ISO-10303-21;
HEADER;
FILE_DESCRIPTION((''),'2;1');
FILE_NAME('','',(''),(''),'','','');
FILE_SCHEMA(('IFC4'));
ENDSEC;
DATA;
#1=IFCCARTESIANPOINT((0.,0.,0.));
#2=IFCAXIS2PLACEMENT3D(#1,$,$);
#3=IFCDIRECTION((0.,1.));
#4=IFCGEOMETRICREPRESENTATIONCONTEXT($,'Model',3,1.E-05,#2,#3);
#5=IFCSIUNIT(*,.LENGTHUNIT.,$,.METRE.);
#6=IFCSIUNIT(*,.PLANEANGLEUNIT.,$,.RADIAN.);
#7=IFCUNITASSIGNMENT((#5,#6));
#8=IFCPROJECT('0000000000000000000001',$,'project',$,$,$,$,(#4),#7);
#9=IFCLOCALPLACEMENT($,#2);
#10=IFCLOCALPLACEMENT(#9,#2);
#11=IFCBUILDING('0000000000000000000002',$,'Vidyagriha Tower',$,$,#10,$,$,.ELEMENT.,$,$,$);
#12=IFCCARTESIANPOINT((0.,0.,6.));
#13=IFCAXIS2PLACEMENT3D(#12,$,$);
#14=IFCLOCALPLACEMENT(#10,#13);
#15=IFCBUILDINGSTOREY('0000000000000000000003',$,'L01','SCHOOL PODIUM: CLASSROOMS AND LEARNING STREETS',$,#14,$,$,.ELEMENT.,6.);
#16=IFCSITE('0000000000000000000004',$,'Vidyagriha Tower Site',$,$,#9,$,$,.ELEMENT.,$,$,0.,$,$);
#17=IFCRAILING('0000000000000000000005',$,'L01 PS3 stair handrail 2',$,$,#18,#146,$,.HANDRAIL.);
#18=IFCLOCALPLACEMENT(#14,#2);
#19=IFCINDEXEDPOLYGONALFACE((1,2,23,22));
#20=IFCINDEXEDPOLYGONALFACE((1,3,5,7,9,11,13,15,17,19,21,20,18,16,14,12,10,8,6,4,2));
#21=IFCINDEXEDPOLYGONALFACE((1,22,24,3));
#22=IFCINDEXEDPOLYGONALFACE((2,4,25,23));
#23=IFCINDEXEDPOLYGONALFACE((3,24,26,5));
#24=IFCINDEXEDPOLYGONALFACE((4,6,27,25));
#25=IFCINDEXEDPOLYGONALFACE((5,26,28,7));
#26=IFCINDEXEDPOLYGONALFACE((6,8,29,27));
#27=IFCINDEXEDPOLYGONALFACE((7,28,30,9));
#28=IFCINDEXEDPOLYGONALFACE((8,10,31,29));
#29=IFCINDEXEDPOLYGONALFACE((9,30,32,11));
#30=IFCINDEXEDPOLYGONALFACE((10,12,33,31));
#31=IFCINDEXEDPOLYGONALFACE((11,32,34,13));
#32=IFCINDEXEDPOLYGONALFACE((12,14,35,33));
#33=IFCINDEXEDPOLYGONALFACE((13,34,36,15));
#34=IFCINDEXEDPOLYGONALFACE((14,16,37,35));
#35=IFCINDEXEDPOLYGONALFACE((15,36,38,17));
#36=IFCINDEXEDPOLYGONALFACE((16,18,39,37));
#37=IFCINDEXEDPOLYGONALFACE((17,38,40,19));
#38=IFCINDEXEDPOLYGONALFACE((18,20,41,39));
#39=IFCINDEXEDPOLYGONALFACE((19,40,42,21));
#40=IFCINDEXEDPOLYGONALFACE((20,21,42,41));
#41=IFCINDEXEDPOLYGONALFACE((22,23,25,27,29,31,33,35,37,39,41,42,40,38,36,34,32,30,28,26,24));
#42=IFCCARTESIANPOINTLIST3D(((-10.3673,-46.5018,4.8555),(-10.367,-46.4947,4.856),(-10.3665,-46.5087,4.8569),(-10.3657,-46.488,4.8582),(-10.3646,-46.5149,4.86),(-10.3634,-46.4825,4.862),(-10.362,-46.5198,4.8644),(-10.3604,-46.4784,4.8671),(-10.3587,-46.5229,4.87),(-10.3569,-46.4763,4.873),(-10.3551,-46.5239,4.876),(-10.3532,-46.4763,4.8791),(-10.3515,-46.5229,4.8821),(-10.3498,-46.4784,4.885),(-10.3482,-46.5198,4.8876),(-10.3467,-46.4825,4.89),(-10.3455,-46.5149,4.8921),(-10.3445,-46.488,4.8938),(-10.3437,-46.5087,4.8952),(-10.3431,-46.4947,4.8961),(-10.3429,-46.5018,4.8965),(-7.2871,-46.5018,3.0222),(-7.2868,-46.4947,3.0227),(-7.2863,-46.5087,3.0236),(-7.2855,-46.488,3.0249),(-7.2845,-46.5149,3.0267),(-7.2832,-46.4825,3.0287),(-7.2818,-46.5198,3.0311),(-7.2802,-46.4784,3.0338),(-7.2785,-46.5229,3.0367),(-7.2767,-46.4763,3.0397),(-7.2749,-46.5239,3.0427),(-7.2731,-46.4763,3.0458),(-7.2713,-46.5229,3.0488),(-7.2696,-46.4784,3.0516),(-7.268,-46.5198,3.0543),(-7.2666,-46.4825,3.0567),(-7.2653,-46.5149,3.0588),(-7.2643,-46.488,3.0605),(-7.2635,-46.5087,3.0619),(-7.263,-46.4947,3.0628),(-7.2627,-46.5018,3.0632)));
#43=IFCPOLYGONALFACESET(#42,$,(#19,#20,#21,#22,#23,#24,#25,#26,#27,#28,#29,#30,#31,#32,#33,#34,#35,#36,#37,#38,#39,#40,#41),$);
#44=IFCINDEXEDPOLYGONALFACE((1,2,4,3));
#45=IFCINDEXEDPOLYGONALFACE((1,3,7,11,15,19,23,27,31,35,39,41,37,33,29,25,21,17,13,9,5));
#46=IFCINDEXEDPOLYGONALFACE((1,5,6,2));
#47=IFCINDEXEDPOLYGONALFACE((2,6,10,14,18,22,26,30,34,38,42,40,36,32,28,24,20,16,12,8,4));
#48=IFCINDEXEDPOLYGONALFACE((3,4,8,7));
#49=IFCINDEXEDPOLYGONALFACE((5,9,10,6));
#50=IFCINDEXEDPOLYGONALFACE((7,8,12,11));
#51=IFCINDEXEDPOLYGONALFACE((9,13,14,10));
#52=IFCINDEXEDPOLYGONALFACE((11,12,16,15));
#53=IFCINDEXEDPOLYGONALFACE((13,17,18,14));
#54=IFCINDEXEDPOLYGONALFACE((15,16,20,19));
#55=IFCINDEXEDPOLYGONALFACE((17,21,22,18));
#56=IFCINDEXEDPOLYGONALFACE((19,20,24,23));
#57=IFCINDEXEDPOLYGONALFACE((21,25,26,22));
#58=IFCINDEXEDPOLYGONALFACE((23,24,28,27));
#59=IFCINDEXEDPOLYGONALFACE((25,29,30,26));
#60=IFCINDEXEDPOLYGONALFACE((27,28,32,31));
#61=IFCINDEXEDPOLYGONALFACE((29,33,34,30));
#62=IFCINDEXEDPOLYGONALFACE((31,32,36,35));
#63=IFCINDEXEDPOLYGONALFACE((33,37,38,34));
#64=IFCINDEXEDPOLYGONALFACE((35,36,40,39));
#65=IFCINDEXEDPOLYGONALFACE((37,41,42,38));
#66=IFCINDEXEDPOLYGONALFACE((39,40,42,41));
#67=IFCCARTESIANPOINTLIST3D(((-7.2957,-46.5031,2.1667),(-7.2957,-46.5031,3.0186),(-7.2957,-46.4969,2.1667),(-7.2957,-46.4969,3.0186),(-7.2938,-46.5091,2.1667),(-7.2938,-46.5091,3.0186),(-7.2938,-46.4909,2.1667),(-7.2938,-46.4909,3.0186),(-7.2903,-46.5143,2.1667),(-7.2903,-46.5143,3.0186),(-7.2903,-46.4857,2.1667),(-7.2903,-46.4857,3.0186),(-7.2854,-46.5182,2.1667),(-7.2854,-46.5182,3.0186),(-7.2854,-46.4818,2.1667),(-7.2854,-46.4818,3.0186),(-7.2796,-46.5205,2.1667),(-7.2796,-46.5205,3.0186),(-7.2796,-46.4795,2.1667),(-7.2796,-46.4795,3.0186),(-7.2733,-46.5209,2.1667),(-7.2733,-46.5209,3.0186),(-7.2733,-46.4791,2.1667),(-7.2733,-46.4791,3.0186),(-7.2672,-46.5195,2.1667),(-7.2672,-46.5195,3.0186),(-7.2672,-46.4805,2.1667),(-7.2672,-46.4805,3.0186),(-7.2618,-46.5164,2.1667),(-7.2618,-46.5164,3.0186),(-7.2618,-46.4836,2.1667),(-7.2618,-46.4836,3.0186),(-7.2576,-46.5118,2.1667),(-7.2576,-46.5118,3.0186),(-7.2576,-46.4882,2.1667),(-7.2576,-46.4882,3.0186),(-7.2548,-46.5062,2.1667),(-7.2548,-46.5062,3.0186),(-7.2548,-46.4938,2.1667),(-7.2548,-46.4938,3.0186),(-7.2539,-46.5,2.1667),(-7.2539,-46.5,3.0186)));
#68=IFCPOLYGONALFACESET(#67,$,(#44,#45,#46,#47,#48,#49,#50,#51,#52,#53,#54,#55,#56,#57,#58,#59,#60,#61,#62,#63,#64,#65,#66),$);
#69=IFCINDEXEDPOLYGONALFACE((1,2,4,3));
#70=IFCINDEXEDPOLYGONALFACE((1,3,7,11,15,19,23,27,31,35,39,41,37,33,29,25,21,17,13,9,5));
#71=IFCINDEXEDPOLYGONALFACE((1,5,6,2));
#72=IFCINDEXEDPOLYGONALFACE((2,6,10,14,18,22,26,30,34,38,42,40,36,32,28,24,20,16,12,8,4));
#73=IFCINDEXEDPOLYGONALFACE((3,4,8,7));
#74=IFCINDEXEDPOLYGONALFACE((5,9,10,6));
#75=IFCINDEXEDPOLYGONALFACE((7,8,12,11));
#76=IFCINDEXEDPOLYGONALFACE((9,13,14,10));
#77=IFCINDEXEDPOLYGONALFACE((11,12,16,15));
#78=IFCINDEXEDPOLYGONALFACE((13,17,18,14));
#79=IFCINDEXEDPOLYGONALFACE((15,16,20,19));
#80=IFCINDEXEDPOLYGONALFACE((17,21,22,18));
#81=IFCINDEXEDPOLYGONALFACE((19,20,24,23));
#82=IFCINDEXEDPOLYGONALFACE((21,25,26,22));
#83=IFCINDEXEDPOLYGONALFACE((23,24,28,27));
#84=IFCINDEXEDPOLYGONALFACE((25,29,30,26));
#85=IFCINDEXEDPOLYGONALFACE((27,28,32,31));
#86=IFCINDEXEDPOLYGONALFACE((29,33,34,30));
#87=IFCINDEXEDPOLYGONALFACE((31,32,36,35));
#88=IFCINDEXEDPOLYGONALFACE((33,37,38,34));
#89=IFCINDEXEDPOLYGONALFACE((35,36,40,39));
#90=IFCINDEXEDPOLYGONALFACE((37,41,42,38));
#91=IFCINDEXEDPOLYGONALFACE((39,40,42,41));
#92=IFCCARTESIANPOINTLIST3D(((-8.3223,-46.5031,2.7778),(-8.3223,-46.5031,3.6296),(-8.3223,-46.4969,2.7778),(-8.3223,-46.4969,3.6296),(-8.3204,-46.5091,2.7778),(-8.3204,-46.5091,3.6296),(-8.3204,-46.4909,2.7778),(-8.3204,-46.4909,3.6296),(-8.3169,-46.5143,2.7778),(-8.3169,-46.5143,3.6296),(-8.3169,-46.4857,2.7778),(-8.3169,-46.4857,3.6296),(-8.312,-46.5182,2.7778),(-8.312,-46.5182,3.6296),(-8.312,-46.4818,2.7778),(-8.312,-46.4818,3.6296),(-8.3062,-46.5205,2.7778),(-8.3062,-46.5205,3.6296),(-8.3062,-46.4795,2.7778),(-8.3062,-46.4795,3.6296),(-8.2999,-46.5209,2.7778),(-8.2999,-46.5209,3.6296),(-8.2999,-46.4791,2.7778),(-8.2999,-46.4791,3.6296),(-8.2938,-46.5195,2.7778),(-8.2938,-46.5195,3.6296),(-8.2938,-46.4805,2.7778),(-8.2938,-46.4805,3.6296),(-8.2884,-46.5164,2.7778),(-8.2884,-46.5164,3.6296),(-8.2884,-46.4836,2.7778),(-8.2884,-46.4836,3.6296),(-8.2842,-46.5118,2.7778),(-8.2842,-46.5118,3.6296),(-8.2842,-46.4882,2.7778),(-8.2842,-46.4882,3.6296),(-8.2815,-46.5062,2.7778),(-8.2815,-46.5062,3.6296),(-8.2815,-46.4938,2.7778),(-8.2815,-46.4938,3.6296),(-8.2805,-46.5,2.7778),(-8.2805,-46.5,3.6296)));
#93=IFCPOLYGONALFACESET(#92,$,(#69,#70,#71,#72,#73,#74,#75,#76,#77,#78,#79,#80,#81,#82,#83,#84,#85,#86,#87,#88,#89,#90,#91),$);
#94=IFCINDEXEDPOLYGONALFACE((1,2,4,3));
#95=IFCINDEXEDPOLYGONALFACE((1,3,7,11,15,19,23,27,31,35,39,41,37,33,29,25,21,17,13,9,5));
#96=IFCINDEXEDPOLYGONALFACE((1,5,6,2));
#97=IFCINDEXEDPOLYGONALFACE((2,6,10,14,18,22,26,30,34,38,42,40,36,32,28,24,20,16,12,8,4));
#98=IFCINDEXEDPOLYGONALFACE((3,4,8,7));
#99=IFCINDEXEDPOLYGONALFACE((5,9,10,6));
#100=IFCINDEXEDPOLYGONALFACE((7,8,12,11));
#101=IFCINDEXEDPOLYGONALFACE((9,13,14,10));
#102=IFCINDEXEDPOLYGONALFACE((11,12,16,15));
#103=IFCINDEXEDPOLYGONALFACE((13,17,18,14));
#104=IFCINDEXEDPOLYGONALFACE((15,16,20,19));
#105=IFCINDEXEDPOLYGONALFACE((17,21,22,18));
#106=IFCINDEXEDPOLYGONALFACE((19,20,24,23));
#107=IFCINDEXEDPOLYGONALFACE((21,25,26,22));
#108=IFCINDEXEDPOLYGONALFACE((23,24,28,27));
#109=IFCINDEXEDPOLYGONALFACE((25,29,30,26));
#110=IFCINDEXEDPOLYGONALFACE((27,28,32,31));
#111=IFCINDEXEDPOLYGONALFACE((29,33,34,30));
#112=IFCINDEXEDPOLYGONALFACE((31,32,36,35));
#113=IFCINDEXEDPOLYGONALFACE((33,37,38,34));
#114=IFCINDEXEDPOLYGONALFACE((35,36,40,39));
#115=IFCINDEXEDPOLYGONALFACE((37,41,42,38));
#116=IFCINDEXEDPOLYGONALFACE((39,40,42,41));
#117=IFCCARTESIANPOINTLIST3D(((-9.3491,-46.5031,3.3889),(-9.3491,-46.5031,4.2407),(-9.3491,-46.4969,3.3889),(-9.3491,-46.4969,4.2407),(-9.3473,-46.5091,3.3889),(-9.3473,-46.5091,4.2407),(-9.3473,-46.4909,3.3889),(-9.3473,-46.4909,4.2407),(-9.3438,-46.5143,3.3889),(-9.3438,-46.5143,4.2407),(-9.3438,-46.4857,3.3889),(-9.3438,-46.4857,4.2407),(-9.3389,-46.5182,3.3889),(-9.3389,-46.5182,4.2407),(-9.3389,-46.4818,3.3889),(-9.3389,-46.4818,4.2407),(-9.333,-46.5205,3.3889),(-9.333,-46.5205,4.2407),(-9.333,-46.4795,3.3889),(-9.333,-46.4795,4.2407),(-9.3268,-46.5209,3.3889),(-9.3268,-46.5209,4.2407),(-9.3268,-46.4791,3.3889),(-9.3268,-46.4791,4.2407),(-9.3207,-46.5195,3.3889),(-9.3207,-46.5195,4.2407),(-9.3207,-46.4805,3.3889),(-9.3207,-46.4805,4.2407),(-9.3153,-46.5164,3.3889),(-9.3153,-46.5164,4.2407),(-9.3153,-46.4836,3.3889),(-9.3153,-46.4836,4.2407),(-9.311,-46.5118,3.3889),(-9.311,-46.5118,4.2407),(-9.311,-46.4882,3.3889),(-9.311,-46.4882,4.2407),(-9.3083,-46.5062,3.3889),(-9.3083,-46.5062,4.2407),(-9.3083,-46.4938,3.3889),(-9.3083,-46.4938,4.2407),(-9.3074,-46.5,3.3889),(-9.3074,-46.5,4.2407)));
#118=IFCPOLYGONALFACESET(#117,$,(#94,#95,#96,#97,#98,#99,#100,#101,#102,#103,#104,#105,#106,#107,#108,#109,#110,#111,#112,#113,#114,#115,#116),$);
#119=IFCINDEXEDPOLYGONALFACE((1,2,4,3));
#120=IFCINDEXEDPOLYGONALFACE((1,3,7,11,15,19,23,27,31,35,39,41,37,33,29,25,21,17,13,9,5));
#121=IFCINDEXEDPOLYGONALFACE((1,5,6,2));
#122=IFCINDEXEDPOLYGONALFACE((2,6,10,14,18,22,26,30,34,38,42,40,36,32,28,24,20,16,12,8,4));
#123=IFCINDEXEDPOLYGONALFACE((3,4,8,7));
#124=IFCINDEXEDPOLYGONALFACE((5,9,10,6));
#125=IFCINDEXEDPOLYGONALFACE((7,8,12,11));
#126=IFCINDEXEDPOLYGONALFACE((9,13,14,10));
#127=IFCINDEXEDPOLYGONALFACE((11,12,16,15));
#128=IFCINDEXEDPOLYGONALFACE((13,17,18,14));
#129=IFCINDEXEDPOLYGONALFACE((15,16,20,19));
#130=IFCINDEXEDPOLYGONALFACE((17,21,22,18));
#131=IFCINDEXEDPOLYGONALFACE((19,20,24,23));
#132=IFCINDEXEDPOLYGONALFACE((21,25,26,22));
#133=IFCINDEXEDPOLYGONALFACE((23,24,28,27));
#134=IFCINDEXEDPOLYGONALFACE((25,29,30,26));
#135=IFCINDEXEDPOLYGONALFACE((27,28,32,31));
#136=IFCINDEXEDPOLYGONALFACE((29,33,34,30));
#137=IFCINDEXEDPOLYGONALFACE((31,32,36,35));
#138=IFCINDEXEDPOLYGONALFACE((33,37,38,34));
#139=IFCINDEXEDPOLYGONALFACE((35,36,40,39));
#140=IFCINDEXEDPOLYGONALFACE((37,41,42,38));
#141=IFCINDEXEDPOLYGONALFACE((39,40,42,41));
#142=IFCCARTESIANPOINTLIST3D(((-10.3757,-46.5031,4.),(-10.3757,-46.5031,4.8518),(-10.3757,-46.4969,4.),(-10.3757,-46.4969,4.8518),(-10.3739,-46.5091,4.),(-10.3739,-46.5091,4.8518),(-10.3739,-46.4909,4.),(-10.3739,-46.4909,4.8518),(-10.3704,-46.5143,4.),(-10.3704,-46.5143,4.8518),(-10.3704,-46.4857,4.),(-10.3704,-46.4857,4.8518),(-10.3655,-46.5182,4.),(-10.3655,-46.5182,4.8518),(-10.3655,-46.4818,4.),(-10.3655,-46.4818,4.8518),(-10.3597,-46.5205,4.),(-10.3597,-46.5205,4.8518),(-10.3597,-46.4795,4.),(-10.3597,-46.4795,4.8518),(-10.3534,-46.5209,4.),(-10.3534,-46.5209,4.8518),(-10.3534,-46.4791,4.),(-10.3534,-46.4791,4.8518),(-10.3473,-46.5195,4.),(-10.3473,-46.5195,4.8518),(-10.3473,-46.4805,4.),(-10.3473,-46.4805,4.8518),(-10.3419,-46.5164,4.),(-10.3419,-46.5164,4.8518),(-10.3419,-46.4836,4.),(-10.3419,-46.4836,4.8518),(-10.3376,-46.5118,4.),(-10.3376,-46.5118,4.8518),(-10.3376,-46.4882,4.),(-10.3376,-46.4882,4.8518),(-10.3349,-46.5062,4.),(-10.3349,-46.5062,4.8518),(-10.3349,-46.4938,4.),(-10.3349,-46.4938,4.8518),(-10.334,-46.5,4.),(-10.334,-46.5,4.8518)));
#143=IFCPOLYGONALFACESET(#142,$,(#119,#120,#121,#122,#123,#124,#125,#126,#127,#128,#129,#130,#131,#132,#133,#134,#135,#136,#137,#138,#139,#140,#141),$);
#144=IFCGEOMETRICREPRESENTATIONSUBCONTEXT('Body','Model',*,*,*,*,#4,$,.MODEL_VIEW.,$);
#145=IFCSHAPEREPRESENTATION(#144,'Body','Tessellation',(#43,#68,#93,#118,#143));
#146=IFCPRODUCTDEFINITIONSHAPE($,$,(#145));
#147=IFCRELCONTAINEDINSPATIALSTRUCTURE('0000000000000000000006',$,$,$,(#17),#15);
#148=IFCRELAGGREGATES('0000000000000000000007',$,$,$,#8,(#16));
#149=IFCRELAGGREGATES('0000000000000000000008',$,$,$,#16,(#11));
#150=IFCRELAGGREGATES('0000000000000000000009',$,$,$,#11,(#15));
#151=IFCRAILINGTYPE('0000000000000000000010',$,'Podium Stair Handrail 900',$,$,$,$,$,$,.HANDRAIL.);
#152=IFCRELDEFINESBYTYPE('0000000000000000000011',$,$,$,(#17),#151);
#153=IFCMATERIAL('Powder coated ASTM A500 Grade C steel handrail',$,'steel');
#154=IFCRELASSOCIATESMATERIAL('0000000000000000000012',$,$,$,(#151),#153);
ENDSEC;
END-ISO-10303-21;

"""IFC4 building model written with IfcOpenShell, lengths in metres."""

from ifc_helpers import new_model, si_unit, direction, frame, origin, origin_2d, place, context, subcontext, project, spatial, circle, extrude, material, type_object, element, save


model = new_model("IFC4")

# Units and contexts
model_context = context("Model", 3, precision=1e-05, world=origin(), true_north=direction((0.0, 1.0)))
body_context = subcontext(model_context, "Body", "Model", "MODEL_VIEW")
ifc_project = project(units=[si_unit("LENGTHUNIT", "METRE"), si_unit("PLANEANGLEUNIT", "RADIAN")], contexts=[model_context])

# Site, building, storey
site_placement = place(None, origin())
site = spatial("IfcSite", under=ifc_project, at=site_placement, Name="Vidyagriha Tower Site", CompositionType="ELEMENT", RefElevation=0.0)
building_placement = place(site_placement, origin())
building = spatial("IfcBuilding", under=site, at=building_placement, Name="Vidyagriha Tower", CompositionType="ELEMENT")
storey_placement = place(building_placement, frame((0.0, 0.0, 6.0)))
storey = spatial("IfcBuildingStorey", under=building, at=storey_placement, Name="L01", Description="SCHOOL PODIUM: CLASSROOMS AND LEARNING STREETS", CompositionType="ELEMENT", Elevation=6.0)

# Railing
ifc_material_1 = material(Name="Powder coated ASTM A500 Grade C steel handrail", Category="steel")
railing_type_1 = type_object("IfcRailingType", Name="Podium Stair Handrail 900", PredefinedType="HANDRAIL", material=ifc_material_1)
railing_1_placement = place(storey_placement, frame((-7.2749, -46.5, 2.1667)))
element("IfcRailing", 1, at=railing_1_placement, inside=storey, type_object=railing_type_1, Name="L01 PS3 stair handrail 2", PredefinedType="HANDRAIL", context=body_context, shape_type="SweptSolid", body=[
    extrude(circle(Radius=0.0239, at=origin_2d()), frame((0.0, 0.0, 0.876), z_axis=(-0.859309, 0.0, 0.511458), x_axis=(0.0, -1.0, 0.0)), (0.0, 0.0, 1.0), 3.5845),
    extrude(circle(Radius=0.021, at=origin_2d()), origin(), (0.0, 0.0, 1.0), 0.8518),
    extrude(circle(Radius=0.021, at=origin_2d()), frame((-1.0266, 0.0, 0.6111)), (0.0, 0.0, 1.0), 0.8518),
    extrude(circle(Radius=0.021, at=origin_2d()), frame((-2.0535, 0.0, 1.2222)), (0.0, 0.0, 1.0), 0.8518),
    extrude(circle(Radius=0.021, at=origin_2d()), frame((-3.0801, 0.0, 1.8333)), (0.0, 0.0, 1.0), 0.8518),
])

save(model, "model.ifc")
